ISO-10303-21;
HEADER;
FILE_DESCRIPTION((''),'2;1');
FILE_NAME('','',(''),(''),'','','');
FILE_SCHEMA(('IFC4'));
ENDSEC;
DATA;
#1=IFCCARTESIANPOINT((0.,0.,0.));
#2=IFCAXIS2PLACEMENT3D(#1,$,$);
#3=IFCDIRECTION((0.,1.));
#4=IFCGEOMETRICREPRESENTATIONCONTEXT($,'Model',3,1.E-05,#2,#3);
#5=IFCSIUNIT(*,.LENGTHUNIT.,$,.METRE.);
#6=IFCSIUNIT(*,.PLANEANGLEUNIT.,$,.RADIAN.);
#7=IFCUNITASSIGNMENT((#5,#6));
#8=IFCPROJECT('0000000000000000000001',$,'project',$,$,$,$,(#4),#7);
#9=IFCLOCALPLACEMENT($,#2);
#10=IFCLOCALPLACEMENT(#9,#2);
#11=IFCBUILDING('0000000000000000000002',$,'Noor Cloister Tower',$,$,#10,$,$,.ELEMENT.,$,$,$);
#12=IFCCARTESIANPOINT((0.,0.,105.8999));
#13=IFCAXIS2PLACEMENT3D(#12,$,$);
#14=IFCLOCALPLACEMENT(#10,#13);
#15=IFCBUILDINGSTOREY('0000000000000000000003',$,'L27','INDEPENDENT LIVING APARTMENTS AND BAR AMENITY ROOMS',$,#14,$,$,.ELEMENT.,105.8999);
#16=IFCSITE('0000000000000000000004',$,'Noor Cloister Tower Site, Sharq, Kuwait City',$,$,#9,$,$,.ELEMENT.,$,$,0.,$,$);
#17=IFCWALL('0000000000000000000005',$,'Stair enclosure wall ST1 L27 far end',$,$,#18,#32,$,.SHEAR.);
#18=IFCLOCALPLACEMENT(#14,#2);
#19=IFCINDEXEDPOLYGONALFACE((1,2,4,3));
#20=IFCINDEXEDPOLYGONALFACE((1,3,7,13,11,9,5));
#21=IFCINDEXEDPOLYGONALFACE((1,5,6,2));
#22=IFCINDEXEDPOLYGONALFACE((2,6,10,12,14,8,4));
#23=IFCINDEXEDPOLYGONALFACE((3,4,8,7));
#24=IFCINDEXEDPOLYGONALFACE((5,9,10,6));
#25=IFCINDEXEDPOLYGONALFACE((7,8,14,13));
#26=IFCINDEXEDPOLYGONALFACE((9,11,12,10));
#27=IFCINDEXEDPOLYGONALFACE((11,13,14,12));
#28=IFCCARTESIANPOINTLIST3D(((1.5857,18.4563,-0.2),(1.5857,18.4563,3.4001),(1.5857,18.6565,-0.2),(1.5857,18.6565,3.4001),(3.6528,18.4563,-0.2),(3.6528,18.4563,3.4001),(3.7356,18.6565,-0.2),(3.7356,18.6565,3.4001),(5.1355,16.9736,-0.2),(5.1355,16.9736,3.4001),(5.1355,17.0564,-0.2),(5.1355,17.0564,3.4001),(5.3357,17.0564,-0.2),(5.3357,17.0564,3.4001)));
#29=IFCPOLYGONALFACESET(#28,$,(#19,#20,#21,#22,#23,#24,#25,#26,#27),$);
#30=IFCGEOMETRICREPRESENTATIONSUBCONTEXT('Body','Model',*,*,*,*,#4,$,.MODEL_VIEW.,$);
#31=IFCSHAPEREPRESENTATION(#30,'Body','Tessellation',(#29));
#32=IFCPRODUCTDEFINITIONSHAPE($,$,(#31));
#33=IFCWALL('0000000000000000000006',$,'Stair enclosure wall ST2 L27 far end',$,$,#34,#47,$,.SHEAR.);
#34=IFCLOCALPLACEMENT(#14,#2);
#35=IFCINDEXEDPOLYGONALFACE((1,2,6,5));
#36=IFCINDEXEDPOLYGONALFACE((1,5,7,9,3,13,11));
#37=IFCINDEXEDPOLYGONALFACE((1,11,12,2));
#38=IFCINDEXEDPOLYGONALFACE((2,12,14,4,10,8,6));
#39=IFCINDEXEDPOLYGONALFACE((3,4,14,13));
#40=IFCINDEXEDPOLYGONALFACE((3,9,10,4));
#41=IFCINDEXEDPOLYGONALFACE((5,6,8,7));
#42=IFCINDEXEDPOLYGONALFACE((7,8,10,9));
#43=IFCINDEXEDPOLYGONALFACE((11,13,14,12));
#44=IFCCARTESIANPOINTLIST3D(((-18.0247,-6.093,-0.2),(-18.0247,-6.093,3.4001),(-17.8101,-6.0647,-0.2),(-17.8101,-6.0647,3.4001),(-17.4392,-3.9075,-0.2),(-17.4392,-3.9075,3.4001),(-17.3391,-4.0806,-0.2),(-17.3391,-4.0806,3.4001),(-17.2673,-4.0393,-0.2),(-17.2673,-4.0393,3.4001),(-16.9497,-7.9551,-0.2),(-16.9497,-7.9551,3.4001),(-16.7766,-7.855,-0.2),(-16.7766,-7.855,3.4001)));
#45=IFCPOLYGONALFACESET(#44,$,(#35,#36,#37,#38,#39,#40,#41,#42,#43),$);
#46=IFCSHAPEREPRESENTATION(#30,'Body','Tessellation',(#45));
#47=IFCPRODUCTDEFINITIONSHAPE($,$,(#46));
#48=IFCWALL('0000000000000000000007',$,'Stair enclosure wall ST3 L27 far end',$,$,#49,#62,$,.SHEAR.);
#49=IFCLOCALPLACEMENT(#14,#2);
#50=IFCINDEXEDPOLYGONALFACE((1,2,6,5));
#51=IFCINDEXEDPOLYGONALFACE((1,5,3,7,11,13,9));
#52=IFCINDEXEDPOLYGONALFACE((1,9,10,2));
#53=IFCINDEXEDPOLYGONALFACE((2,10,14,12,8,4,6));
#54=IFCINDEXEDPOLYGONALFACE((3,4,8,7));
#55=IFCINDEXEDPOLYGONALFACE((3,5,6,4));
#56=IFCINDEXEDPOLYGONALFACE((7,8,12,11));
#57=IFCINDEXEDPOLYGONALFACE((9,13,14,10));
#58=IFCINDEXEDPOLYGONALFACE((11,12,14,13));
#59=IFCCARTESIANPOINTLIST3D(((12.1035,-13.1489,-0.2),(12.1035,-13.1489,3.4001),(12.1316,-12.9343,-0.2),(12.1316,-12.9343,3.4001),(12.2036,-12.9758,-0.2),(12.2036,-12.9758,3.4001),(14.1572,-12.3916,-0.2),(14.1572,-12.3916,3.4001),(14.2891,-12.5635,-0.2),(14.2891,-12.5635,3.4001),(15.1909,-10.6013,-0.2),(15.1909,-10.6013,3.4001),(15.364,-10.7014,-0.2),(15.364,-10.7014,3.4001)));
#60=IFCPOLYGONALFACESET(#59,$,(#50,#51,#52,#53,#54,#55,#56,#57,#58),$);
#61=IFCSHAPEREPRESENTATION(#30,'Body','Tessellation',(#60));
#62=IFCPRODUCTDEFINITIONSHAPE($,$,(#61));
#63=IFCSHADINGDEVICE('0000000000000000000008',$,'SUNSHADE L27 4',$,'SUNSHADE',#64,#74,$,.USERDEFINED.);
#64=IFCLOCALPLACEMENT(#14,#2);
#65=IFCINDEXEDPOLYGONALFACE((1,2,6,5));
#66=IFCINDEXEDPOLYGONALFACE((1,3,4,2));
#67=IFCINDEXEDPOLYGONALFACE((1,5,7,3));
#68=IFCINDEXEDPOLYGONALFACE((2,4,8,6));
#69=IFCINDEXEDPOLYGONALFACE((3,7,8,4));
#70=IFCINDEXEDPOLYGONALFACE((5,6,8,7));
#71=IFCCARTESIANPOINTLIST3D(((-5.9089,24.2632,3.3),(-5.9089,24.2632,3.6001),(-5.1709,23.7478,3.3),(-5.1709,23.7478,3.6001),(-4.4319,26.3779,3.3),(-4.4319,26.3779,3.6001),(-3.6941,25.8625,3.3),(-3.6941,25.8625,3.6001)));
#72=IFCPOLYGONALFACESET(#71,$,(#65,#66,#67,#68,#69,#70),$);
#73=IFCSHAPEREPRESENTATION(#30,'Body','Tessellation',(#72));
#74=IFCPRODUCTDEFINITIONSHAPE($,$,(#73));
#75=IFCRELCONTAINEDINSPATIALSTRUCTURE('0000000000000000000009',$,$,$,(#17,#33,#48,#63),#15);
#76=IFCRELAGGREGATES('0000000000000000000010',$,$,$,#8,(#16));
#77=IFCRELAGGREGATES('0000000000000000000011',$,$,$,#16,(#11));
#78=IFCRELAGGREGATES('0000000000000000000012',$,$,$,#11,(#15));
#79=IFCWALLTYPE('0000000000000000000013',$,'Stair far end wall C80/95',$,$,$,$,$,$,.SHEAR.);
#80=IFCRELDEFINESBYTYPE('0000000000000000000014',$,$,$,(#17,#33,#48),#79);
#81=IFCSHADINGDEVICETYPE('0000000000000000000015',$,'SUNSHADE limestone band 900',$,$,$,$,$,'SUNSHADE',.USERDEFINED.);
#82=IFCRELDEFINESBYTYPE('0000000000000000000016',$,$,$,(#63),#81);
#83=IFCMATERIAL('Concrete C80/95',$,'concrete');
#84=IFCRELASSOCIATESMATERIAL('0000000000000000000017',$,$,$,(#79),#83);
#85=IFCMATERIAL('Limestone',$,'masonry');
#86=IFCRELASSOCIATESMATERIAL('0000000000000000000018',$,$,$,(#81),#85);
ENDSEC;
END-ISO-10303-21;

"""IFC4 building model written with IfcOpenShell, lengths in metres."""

from ifc_helpers import new_model, si_unit, direction, frame, origin, place, context, subcontext, project, spatial, polyline, outline, extrude, material, type_object, element, save


model = new_model("IFC4")

# Units and contexts
model_context = context("Model", 3, precision=1e-05, world=origin(), true_north=direction((0.0, 1.0)))
body_context = subcontext(model_context, "Body", "Model", "MODEL_VIEW")
ifc_project = project(units=[si_unit("LENGTHUNIT", "METRE"), si_unit("PLANEANGLEUNIT", "RADIAN")], contexts=[model_context])

# Site, building, storey
site_placement = place(None, origin())
site = spatial("IfcSite", under=ifc_project, at=site_placement, Name="Noor Cloister Tower Site, Sharq, Kuwait City", CompositionType="ELEMENT", RefElevation=0.0)
building_placement = place(site_placement, origin())
building = spatial("IfcBuilding", under=site, at=building_placement, Name="Noor Cloister Tower", CompositionType="ELEMENT")
storey_placement = place(building_placement, frame((0.0, 0.0, 105.8999)))
storey = spatial("IfcBuildingStorey", under=building, at=storey_placement, Name="L27", Description="INDEPENDENT LIVING APARTMENTS AND BAR AMENITY ROOMS", CompositionType="ELEMENT", Elevation=105.8999)

# Walls
ifc_material_1 = material(Name="Concrete C80/95", Category="concrete")
wall_type_1 = type_object("IfcWallType", Name="Stair far end wall C80/95", PredefinedType="SHEAR", material=ifc_material_1)
wall_1_placement = place(storey_placement, frame((0.0, 0.0, -0.2)))
element("IfcWall", 1, at=wall_1_placement, inside=storey, type_object=wall_type_1, Name="Stair enclosure wall ST1 L27 far end", PredefinedType="SHEAR", context=body_context, shape_type="SweptSolid", body=[
    extrude(outline(polyline([(5.3357, 17.0564), (3.7356, 18.6565), (1.5857, 18.6565), (1.5857, 18.4563), (3.6528, 18.4563), (5.1355, 16.9736), (5.1355, 17.0564), (5.1355, 17.0564), (5.1355, 17.0564), (5.1355, 17.0564), (5.1355, 17.0564), (5.1355, 17.0564), (5.1355, 17.0564), (5.1355, 17.0564), (5.1355, 17.0564), (5.1355, 17.0564), (5.1355, 17.0564), (5.1355, 17.0564), (5.1355, 17.0564), (5.1355, 17.0564), (5.1355, 17.0564), (5.1355, 17.0564), (5.1355, 17.0564), (5.3357, 17.0564)])), origin(), (0.0, 0.0, 1.0), 3.6001),
])
wall_2_placement = place(storey_placement, frame((0.0, 0.0, -0.2)))
element("IfcWall", 2, at=wall_2_placement, inside=storey, type_object=wall_type_1, Name="Stair enclosure wall ST2 L27 far end", PredefinedType="SHEAR", context=body_context, shape_type="SweptSolid", body=[
    extrude(outline(polyline([(-17.4392, -3.9075), (-18.0247, -6.093), (-16.9497, -7.9551), (-16.7766, -7.855), (-17.8101, -6.0647), (-17.2673, -4.0393), (-17.3391, -4.0806), (-17.3391, -4.0806), (-17.3391, -4.0806), (-17.3391, -4.0806), (-17.3391, -4.0806), (-17.3391, -4.0806), (-17.3391, -4.0806), (-17.3391, -4.0806), (-17.3391, -4.0806), (-17.3391, -4.0806), (-17.3391, -4.0806), (-17.3391, -4.0806), (-17.3391, -4.0806), (-17.3391, -4.0806), (-17.3391, -4.0806), (-17.3391, -4.0806), (-17.3391, -4.0806), (-17.4392, -3.9075)])), origin(), (0.0, 0.0, 1.0), 3.6001),
])
wall_3_placement = place(storey_placement, frame((0.0, 0.0, -0.2)))
element("IfcWall", 3, at=wall_3_placement, inside=storey, type_object=wall_type_1, Name="Stair enclosure wall ST3 L27 far end", PredefinedType="SHEAR", context=body_context, shape_type="SweptSolid", body=[
    extrude(outline(polyline([(12.1035, -13.1489), (14.2891, -12.5635), (15.364, -10.7014), (15.1909, -10.6013), (14.1572, -12.3916), (12.1316, -12.9343), (12.2036, -12.9758), (12.2036, -12.9758), (12.2036, -12.9758), (12.2036, -12.9758), (12.2036, -12.9758), (12.2036, -12.9758), (12.2036, -12.9758), (12.2036, -12.9758), (12.2036, -12.9758), (12.2036, -12.9758), (12.2036, -12.9758), (12.2036, -12.9758), (12.2036, -12.9758), (12.2036, -12.9758), (12.2036, -12.9758), (12.2036, -12.9758), (12.2036, -12.9758), (12.1035, -13.1489)])), origin(), (0.0, 0.0, 1.0), 3.6001),
])

# Shading device
ifc_material_2 = material(Name="Limestone", Category="masonry")
shading_device_type = type_object("IfcShadingDeviceType", Name="SUNSHADE limestone band 900", ElementType="SUNSHADE", PredefinedType="USERDEFINED", material=ifc_material_2)
shading_device_placement = place(storey_placement, frame((0.0, 0.0, 3.3)))
element("IfcShadingDevice", 4, at=shading_device_placement, inside=storey, type_object=shading_device_type, Name="SUNSHADE L27 4", ObjectType="SUNSHADE", PredefinedType="USERDEFINED", context=body_context, shape_type="SweptSolid", body=[
    extrude(outline(polyline([(-4.4319, 26.3779), (-5.9089, 24.2632), (-5.1709, 23.7478), (-3.6941, 25.8625), (-4.4319, 26.3779)])), origin(), (0.0, 0.0, 1.0), 0.3),
])

save(model, "model.ifc")
